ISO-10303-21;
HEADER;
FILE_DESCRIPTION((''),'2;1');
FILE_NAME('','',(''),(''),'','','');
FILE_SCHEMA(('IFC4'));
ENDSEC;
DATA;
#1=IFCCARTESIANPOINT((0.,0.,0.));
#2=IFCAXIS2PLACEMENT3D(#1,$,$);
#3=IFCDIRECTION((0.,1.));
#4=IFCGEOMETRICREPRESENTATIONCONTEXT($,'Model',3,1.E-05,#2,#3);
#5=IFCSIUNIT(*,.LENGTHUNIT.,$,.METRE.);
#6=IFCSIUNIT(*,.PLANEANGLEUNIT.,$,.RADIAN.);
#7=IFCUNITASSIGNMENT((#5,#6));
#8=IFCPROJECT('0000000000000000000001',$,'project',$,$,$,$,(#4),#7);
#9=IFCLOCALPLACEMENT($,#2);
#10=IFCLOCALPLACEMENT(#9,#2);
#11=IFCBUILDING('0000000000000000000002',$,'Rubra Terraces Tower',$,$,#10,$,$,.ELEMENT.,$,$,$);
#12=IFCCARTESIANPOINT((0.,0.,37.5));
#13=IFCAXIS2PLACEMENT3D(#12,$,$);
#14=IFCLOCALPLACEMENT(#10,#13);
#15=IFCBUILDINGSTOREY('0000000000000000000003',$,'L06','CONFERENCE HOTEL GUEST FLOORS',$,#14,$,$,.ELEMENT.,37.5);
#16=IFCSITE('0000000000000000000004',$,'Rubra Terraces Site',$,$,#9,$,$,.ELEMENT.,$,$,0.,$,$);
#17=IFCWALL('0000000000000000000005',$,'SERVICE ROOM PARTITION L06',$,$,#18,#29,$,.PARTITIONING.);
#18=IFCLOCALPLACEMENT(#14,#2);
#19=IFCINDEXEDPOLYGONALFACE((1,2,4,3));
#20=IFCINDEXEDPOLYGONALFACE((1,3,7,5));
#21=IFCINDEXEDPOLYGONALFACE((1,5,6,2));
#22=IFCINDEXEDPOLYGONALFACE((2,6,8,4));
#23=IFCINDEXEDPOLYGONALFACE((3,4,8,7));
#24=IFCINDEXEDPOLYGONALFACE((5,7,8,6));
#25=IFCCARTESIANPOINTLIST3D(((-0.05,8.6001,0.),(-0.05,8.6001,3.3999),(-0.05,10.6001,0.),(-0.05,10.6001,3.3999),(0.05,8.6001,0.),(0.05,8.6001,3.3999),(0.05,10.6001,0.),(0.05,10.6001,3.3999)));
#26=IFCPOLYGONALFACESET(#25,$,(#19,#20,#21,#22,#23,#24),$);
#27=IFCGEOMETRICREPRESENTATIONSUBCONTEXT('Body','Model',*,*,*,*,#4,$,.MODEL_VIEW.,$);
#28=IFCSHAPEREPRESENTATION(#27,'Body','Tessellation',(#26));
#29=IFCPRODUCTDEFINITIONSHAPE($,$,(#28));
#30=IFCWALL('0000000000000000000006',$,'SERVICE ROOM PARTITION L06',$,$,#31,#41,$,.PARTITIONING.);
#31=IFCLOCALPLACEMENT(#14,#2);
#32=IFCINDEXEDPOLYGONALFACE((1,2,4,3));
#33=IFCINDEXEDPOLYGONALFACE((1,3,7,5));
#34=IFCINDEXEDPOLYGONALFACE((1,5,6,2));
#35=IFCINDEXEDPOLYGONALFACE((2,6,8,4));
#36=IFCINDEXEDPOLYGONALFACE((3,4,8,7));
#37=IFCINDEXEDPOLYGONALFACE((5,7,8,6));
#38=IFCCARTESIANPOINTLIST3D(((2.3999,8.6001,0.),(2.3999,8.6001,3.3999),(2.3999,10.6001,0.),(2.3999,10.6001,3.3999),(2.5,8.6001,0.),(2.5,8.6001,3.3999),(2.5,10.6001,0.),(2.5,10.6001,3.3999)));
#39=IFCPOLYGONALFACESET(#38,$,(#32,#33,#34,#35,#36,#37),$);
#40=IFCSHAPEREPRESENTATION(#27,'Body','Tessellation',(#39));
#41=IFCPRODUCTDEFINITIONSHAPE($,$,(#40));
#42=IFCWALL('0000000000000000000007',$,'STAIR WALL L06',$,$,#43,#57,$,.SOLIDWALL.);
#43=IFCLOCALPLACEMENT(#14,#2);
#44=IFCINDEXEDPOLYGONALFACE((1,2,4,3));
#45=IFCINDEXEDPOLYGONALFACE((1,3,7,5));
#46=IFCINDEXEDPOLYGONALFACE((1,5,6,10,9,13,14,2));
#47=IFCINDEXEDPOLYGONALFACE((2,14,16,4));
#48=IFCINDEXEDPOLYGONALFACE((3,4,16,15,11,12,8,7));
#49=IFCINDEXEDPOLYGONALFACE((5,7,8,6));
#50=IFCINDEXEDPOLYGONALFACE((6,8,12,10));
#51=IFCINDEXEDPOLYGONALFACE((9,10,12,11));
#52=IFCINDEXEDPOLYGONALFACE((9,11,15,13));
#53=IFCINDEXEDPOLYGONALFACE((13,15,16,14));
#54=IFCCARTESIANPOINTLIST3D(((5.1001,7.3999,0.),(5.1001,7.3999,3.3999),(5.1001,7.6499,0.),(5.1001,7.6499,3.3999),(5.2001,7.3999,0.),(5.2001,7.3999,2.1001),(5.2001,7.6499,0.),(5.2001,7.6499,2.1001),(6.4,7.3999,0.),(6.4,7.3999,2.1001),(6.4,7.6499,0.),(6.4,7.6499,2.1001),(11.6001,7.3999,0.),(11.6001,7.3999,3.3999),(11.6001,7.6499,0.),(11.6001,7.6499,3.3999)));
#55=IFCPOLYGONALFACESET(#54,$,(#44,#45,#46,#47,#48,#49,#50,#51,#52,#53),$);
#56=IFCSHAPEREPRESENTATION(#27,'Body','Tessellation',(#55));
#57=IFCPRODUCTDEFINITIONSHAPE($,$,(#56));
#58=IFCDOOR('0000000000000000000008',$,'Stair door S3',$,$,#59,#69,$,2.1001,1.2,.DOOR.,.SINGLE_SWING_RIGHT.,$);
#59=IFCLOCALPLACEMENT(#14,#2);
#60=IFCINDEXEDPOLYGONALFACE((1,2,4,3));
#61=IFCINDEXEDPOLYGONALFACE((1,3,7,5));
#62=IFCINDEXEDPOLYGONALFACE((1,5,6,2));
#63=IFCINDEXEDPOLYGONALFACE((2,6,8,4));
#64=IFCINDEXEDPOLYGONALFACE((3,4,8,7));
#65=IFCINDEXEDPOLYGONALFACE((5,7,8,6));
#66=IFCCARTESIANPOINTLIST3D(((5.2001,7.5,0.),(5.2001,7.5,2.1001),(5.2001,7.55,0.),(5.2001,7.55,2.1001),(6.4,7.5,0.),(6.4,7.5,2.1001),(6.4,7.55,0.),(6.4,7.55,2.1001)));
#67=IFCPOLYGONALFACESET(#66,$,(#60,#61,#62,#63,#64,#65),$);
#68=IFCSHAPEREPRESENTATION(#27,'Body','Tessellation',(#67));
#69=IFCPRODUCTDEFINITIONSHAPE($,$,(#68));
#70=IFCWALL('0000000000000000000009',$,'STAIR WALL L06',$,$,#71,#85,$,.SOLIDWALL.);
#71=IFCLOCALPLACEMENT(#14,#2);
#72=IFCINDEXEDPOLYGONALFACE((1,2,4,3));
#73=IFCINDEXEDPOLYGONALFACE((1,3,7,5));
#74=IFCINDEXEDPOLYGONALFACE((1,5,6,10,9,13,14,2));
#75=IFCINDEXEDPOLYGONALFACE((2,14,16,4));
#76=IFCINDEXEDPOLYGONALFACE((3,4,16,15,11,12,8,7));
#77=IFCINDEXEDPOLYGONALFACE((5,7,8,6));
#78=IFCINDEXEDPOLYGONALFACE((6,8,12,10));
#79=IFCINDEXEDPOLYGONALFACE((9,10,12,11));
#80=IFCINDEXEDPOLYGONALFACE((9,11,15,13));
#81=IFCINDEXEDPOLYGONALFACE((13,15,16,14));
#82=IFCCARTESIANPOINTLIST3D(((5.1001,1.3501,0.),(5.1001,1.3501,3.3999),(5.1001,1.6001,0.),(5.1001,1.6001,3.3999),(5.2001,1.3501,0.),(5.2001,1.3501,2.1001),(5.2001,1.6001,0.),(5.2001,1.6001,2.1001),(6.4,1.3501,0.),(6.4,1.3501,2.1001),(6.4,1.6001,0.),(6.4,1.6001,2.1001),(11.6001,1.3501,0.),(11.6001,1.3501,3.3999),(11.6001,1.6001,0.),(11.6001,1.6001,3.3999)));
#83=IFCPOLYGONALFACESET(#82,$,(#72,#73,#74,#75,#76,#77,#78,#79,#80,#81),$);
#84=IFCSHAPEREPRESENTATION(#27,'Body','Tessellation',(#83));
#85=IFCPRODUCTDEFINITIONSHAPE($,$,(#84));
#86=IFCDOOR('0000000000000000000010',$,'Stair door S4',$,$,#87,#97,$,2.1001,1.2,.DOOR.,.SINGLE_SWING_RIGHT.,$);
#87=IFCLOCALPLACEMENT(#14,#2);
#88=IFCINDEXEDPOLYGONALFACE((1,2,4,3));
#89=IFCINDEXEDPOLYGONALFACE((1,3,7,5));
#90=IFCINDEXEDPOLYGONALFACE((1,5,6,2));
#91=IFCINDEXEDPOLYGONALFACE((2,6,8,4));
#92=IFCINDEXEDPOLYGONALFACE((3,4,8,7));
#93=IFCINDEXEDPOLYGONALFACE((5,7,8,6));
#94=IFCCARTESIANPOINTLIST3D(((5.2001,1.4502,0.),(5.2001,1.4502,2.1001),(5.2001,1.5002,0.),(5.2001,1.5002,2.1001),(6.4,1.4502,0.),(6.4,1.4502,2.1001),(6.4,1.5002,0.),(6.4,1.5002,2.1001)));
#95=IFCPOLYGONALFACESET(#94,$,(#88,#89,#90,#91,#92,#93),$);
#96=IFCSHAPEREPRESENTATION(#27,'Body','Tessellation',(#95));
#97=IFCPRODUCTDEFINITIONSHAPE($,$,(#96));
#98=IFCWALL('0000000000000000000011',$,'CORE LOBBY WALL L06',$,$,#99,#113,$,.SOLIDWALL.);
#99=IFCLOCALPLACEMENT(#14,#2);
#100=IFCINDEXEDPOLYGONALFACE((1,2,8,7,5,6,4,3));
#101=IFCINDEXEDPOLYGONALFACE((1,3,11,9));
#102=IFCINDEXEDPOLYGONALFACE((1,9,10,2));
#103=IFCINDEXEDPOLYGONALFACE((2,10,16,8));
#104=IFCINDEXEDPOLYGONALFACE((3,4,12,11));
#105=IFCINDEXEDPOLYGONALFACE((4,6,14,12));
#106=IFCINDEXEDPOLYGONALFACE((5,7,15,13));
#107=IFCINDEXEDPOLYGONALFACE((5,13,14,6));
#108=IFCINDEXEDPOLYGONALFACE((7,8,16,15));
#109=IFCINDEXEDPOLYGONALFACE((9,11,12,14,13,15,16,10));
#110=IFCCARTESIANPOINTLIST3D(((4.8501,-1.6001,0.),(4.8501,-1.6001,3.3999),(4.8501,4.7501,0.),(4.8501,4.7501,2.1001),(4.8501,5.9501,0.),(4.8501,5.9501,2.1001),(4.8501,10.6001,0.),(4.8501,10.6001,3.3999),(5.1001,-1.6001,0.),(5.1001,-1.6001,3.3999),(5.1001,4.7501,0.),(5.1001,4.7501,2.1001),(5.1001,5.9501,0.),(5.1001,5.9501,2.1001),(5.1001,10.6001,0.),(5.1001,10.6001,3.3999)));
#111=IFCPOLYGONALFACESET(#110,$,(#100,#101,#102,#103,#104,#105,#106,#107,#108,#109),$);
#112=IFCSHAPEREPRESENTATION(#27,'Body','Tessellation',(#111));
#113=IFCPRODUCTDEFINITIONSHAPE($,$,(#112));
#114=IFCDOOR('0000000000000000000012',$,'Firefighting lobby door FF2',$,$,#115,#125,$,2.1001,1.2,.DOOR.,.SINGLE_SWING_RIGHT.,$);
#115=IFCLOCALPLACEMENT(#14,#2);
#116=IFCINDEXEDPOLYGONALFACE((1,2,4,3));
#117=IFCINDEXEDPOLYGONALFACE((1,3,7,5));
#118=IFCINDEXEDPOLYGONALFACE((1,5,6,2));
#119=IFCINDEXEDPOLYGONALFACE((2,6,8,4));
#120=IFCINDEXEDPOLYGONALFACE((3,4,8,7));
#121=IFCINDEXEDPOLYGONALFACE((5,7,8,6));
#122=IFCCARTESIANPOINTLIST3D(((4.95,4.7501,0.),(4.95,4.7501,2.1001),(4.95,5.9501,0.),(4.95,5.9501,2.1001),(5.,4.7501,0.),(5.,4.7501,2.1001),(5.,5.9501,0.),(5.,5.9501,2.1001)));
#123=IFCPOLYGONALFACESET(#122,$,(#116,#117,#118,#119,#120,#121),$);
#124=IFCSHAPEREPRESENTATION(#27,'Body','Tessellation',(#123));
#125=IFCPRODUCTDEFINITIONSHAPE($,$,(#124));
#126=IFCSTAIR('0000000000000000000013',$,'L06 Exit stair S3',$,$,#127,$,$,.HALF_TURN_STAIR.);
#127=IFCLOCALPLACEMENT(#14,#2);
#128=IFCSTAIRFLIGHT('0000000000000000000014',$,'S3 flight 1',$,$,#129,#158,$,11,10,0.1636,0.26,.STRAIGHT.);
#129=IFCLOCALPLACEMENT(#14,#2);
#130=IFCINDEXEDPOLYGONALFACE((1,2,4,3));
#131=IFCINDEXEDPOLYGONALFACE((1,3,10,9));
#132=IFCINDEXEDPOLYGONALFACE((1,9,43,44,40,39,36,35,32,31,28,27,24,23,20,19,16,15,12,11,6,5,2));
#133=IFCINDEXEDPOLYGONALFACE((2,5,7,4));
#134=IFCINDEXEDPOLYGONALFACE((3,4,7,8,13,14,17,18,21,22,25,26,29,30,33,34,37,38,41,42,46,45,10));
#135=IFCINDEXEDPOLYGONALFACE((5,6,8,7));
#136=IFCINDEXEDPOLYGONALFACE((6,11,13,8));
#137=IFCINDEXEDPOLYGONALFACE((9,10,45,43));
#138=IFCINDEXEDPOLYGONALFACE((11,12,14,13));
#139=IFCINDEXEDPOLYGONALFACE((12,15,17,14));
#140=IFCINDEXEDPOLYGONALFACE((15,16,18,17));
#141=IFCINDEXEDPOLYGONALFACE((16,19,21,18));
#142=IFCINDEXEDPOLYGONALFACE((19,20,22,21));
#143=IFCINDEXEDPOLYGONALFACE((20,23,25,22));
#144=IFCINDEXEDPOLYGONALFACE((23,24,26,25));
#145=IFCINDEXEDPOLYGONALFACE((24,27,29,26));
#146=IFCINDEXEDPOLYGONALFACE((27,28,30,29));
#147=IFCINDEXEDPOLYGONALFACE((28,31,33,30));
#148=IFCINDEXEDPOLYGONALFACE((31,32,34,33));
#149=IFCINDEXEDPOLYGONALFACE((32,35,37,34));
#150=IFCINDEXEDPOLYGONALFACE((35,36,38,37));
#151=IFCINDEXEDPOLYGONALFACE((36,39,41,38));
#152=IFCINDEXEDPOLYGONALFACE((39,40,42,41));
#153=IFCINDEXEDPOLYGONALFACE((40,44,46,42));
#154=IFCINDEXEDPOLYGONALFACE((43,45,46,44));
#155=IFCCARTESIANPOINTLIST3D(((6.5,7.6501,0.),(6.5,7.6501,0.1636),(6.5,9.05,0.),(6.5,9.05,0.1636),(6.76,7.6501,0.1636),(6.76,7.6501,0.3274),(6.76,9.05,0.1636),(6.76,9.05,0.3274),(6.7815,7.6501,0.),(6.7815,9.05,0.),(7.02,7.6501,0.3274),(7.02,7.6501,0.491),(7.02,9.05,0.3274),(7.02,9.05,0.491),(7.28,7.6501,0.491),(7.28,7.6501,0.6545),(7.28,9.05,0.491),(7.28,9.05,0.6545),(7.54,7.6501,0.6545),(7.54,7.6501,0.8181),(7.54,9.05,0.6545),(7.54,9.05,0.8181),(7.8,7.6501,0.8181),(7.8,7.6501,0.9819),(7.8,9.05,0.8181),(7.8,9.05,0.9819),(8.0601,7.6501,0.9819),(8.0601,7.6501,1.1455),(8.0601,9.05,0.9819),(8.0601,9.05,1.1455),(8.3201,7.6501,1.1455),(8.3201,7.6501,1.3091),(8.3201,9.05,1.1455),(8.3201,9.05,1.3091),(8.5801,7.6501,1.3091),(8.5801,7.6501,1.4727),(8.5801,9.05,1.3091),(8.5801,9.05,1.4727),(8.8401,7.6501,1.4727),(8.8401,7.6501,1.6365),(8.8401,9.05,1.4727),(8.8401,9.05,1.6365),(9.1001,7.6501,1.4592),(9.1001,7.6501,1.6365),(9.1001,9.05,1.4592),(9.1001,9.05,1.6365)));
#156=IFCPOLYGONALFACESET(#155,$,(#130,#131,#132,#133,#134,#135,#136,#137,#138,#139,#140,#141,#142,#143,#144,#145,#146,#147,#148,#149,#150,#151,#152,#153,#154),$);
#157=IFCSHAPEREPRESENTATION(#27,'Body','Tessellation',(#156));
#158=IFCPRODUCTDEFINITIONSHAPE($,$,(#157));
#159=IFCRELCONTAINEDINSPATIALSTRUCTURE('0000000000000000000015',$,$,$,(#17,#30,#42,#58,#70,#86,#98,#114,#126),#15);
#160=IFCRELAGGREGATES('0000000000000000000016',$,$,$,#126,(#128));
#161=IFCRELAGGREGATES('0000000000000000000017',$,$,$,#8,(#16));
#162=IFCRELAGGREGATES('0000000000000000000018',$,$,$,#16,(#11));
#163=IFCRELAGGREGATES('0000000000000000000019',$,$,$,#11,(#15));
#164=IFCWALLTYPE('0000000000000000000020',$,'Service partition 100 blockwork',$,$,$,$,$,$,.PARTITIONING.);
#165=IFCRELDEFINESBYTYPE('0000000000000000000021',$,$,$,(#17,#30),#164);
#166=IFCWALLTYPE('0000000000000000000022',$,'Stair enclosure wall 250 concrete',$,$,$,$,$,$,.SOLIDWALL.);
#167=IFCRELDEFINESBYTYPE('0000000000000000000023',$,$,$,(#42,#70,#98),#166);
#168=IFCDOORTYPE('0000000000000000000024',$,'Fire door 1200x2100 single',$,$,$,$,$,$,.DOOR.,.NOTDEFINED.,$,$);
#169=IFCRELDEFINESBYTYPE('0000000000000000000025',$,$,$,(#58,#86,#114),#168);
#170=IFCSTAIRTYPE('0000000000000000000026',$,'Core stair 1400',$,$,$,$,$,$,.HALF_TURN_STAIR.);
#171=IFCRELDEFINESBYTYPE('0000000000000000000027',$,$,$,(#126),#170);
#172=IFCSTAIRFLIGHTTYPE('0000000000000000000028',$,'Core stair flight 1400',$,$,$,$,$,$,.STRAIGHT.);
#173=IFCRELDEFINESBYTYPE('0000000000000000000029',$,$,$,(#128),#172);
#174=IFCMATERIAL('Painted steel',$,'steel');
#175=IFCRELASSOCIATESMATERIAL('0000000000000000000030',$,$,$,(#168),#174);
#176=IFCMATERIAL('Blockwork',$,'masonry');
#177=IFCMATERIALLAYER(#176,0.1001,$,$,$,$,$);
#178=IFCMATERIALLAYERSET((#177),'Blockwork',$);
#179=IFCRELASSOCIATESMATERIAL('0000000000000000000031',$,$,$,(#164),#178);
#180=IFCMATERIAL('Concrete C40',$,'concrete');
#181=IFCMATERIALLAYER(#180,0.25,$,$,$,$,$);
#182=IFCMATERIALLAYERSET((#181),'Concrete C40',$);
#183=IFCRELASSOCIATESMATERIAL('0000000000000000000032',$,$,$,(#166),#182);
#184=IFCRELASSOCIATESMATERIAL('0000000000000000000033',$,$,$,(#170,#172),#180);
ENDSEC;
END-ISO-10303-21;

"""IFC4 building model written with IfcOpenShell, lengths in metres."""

from ifc_helpers import new_model, si_unit, direction, frame, frame_2d, origin, place, context, subcontext, project, spatial, polyline, rectangle, outline, extrude, material, layer, layer_set, type_object, element, fill, aggregate, save


model = new_model("IFC4")

# Units and contexts
model_context = context("Model", 3, precision=1e-05, world=origin(), true_north=direction((0.0, 1.0)))
body_context = subcontext(model_context, "Body", "Model", "MODEL_VIEW")
ifc_project = project(units=[si_unit("LENGTHUNIT", "METRE"), si_unit("PLANEANGLEUNIT", "RADIAN")], contexts=[model_context])

# Site, building, storey
site_placement = place(None, origin())
site = spatial("IfcSite", under=ifc_project, at=site_placement, Name="Rubra Terraces Site", CompositionType="ELEMENT", RefElevation=0.0)
building_placement = place(site_placement, origin())
building = spatial("IfcBuilding", under=site, at=building_placement, Name="Rubra Terraces Tower", CompositionType="ELEMENT")
storey_placement = place(building_placement, frame((0.0, 0.0, 37.5)))
storey = spatial("IfcBuildingStorey", under=building, at=storey_placement, Name="L06", Description="CONFERENCE HOTEL GUEST FLOORS", CompositionType="ELEMENT", Elevation=37.5)

# Shared definitions
ifc_material_1 = material(Name="Painted steel", Category="steel")
door_type_1 = type_object("IfcDoorType", Name="Fire door 1200x2100 single", OperationType="NOTDEFINED", PredefinedType="DOOR", material=ifc_material_1)

# Walls
ifc_material_2 = material(Name="Blockwork", Category="masonry")
ifc_layer_1 = layer(ifc_material_2, 0.1001)
ifc_layer_set_1 = layer_set([ifc_layer_1], Name="Blockwork")
wall_type_1 = type_object("IfcWallType", Name="Service partition 100 blockwork", PredefinedType="PARTITIONING", material=ifc_layer_set_1)
for number, where, z_axis, x_axis, name in (
    (1, (0.0, 8.6001, 0.0), (0.0, 0.0, 1.0), (0.0, 1.0, 0.0), "SERVICE ROOM PARTITION L06"),
    (2, (2.45, 8.6001, 0.0), (0.0, 0.0, 1.0), (0.0, 1.0, 0.0), "SERVICE ROOM PARTITION L06"),
):
    element("IfcWall", number, at=place(storey_placement, frame(where, z_axis=z_axis, x_axis=x_axis)), inside=storey, type_object=wall_type_1, Name=name, PredefinedType="PARTITIONING", context=body_context, shape_type="SweptSolid", body=[
        extrude(rectangle(XDim=2.0, YDim=0.1001, at=frame_2d((1.0, 0.0))), origin(), (0.0, 0.0, 1.0), 3.3999),
    ])

# Walls, openings, doors
ifc_material_3 = material(Name="Concrete C40", Category="concrete")
ifc_layer_2 = layer(ifc_material_3, 0.25)
ifc_layer_set_2 = layer_set([ifc_layer_2], Name="Concrete C40")
wall_type_2 = type_object("IfcWallType", Name="Stair enclosure wall 250 concrete", PredefinedType="SOLIDWALL", material=ifc_layer_set_2)
wall_1_placement = place(storey_placement, frame((11.6001, 7.5249, 0.0), z_axis=(0.0, 0.0, 1.0), x_axis=(-1.0, 0.0, 0.0)))
wall_1 = element("IfcWall", 3, at=wall_1_placement, inside=storey, type_object=wall_type_2, Name="STAIR WALL L06", PredefinedType="SOLIDWALL", context=body_context, shape_type="SweptSolid", body=[
    extrude(rectangle(XDim=6.5, YDim=0.25, at=frame_2d((3.25, 0.0))), origin(), (0.0, 0.0, 1.0), 3.3999),
])
opening_1_placement = place(wall_1_placement, frame((5.2, 0.0, 0.0)))
opening_1 = element("IfcOpeningElement", 4, at=opening_1_placement, cuts=wall_1, PredefinedType="OPENING", context=body_context, shape_type="SweptSolid", body=[
    extrude(rectangle(XDim=1.2, YDim=2.1001, at=frame_2d((0.6001, 1.05))), frame((0.0, 0.135, 0.0), z_axis=(0.0, -1.0, 0.0), x_axis=(1.0, 0.0, 0.0)), (0.0, 0.0, 1.0), 0.27),
])
door_1_placement = place(opening_1_placement, origin())
door_1 = element("IfcDoor", 5, at=door_1_placement, inside=storey, type_object=door_type_1, Name="Stair door S3", OperationType="SINGLE_SWING_RIGHT", OverallHeight=2.1001, OverallWidth=1.2, PredefinedType="DOOR", context=body_context, shape_type="SweptSolid", body=[
    extrude(rectangle(XDim=1.2, YDim=2.1001, at=frame_2d((0.6001, 1.05))), frame((0.0, 0.0249, 0.0), z_axis=(0.0, -1.0, 0.0), x_axis=(1.0, 0.0, 0.0)), (0.0, 0.0, 1.0), 0.05),
])
fill(opening_1, door_1)
wall_2_placement = place(storey_placement, frame((11.6001, 1.4751, 0.0), z_axis=(0.0, 0.0, 1.0), x_axis=(-1.0, 0.0, 0.0)))
wall_2 = element("IfcWall", 6, at=wall_2_placement, inside=storey, type_object=wall_type_2, Name="STAIR WALL L06", PredefinedType="SOLIDWALL", context=body_context, shape_type="SweptSolid", body=[
    extrude(rectangle(XDim=6.5, YDim=0.25, at=frame_2d((3.25, 0.0))), origin(), (0.0, 0.0, 1.0), 3.3999),
])
opening_2_placement = place(wall_2_placement, frame((5.2, 0.0, 0.0)))
opening_2 = element("IfcOpeningElement", 7, at=opening_2_placement, cuts=wall_2, PredefinedType="OPENING", context=body_context, shape_type="SweptSolid", body=[
    extrude(rectangle(XDim=1.2, YDim=2.1001, at=frame_2d((0.6001, 1.05))), frame((0.0, 0.135, 0.0), z_axis=(0.0, -1.0, 0.0), x_axis=(1.0, 0.0, 0.0)), (0.0, 0.0, 1.0), 0.27),
])
door_2_placement = place(opening_2_placement, origin())
door_2 = element("IfcDoor", 8, at=door_2_placement, inside=storey, type_object=door_type_1, Name="Stair door S4", OperationType="SINGLE_SWING_RIGHT", OverallHeight=2.1001, OverallWidth=1.2, PredefinedType="DOOR", context=body_context, shape_type="SweptSolid", body=[
    extrude(rectangle(XDim=1.2, YDim=2.1001, at=frame_2d((0.6001, 1.05))), frame((0.0, 0.0249, 0.0), z_axis=(0.0, -1.0, 0.0), x_axis=(1.0, 0.0, 0.0)), (0.0, 0.0, 1.0), 0.05),
])
fill(opening_2, door_2)
wall_3_placement = place(storey_placement, frame((4.9751, 10.6001, 0.0), z_axis=(0.0, 0.0, 1.0), x_axis=(0.0, -1.0, 0.0)))
wall_3 = element("IfcWall", 9, at=wall_3_placement, inside=storey, type_object=wall_type_2, Name="CORE LOBBY WALL L06", PredefinedType="SOLIDWALL", context=body_context, shape_type="SweptSolid", body=[
    extrude(rectangle(XDim=12.2002, YDim=0.25, at=frame_2d((6.1001, 0.0))), origin(), (0.0, 0.0, 1.0), 3.3999),
])
opening_3_placement = place(wall_3_placement, frame((4.6499, 0.0, 0.0)))
opening_3 = element("IfcOpeningElement", 10, at=opening_3_placement, cuts=wall_3, PredefinedType="OPENING", context=body_context, shape_type="SweptSolid", body=[
    extrude(rectangle(XDim=1.2, YDim=2.1001, at=frame_2d((0.6001, 1.05))), frame((0.0, 0.135, 0.0), z_axis=(0.0, -1.0, 0.0), x_axis=(1.0, 0.0, 0.0)), (0.0, 0.0, 1.0), 0.27),
])
door_3_placement = place(opening_3_placement, origin())
door_3 = element("IfcDoor", 11, at=door_3_placement, inside=storey, type_object=door_type_1, Name="Firefighting lobby door FF2", OperationType="SINGLE_SWING_RIGHT", OverallHeight=2.1001, OverallWidth=1.2, PredefinedType="DOOR", context=body_context, shape_type="SweptSolid", body=[
    extrude(rectangle(XDim=1.2, YDim=2.1001, at=frame_2d((0.6001, 1.05))), frame((0.0, 0.0249, 0.0), z_axis=(0.0, -1.0, 0.0), x_axis=(1.0, 0.0, 0.0)), (0.0, 0.0, 1.0), 0.05),
])
fill(opening_3, door_3)

# Stair, stair flight
stair_type = type_object("IfcStairType", Name="Core stair 1400", PredefinedType="HALF_TURN_STAIR", material=ifc_material_3)
stair_1_placement = place(storey_placement, origin())
stair_1 = element("IfcStair", 12, at=stair_1_placement, inside=storey, type_object=stair_type, Name="L06 Exit stair S3", PredefinedType="HALF_TURN_STAIR")
stair_flight_type = type_object("IfcStairFlightType", Name="Core stair flight 1400", PredefinedType="STRAIGHT", material=ifc_material_3)
stair_flight_1_placement = place(storey_placement, frame((6.5, 8.3501, 0.0), z_axis=(0.0, 0.0, 1.0), x_axis=(1.0, 0.0, 0.0)))
stair_flight_1 = element("IfcStairFlight", 13, at=stair_flight_1_placement, type_object=stair_flight_type, Name="S3 flight 1", NumberOfRisers=11, NumberOfTreads=10, PredefinedType="STRAIGHT", RiserHeight=0.1636, TreadLength=0.26, context=body_context, shape_type="SweptSolid", body=[
    extrude(outline(polyline([(0.0, 0.0), (0.0, 0.1636), (0.26, 0.1636), (0.26, 0.3274), (0.52, 0.3274), (0.52, 0.491), (0.78, 0.491), (0.78, 0.6545), (1.04, 0.6545), (1.04, 0.8181), (1.3, 0.8181), (1.3, 0.9819), (1.5601, 0.9819), (1.5601, 1.1455), (1.8201, 1.1455), (1.8201, 1.3091), (2.0801, 1.3091), (2.0801, 1.4727), (2.3401, 1.4727), (2.3401, 1.6365), (2.6001, 1.6365), (2.6001, 1.8), (2.6001, 1.4592), (0.2815, 0.0), (0.0, 0.0)])), frame((0.0, 0.7, 0.0), z_axis=(0.0, -1.0, 0.0), x_axis=(1.0, 0.0, 0.0)), (0.0, 0.0, 1.0), 1.3999),
])
aggregate(stair_1, [stair_flight_1])

save(model, "model.ifc")
